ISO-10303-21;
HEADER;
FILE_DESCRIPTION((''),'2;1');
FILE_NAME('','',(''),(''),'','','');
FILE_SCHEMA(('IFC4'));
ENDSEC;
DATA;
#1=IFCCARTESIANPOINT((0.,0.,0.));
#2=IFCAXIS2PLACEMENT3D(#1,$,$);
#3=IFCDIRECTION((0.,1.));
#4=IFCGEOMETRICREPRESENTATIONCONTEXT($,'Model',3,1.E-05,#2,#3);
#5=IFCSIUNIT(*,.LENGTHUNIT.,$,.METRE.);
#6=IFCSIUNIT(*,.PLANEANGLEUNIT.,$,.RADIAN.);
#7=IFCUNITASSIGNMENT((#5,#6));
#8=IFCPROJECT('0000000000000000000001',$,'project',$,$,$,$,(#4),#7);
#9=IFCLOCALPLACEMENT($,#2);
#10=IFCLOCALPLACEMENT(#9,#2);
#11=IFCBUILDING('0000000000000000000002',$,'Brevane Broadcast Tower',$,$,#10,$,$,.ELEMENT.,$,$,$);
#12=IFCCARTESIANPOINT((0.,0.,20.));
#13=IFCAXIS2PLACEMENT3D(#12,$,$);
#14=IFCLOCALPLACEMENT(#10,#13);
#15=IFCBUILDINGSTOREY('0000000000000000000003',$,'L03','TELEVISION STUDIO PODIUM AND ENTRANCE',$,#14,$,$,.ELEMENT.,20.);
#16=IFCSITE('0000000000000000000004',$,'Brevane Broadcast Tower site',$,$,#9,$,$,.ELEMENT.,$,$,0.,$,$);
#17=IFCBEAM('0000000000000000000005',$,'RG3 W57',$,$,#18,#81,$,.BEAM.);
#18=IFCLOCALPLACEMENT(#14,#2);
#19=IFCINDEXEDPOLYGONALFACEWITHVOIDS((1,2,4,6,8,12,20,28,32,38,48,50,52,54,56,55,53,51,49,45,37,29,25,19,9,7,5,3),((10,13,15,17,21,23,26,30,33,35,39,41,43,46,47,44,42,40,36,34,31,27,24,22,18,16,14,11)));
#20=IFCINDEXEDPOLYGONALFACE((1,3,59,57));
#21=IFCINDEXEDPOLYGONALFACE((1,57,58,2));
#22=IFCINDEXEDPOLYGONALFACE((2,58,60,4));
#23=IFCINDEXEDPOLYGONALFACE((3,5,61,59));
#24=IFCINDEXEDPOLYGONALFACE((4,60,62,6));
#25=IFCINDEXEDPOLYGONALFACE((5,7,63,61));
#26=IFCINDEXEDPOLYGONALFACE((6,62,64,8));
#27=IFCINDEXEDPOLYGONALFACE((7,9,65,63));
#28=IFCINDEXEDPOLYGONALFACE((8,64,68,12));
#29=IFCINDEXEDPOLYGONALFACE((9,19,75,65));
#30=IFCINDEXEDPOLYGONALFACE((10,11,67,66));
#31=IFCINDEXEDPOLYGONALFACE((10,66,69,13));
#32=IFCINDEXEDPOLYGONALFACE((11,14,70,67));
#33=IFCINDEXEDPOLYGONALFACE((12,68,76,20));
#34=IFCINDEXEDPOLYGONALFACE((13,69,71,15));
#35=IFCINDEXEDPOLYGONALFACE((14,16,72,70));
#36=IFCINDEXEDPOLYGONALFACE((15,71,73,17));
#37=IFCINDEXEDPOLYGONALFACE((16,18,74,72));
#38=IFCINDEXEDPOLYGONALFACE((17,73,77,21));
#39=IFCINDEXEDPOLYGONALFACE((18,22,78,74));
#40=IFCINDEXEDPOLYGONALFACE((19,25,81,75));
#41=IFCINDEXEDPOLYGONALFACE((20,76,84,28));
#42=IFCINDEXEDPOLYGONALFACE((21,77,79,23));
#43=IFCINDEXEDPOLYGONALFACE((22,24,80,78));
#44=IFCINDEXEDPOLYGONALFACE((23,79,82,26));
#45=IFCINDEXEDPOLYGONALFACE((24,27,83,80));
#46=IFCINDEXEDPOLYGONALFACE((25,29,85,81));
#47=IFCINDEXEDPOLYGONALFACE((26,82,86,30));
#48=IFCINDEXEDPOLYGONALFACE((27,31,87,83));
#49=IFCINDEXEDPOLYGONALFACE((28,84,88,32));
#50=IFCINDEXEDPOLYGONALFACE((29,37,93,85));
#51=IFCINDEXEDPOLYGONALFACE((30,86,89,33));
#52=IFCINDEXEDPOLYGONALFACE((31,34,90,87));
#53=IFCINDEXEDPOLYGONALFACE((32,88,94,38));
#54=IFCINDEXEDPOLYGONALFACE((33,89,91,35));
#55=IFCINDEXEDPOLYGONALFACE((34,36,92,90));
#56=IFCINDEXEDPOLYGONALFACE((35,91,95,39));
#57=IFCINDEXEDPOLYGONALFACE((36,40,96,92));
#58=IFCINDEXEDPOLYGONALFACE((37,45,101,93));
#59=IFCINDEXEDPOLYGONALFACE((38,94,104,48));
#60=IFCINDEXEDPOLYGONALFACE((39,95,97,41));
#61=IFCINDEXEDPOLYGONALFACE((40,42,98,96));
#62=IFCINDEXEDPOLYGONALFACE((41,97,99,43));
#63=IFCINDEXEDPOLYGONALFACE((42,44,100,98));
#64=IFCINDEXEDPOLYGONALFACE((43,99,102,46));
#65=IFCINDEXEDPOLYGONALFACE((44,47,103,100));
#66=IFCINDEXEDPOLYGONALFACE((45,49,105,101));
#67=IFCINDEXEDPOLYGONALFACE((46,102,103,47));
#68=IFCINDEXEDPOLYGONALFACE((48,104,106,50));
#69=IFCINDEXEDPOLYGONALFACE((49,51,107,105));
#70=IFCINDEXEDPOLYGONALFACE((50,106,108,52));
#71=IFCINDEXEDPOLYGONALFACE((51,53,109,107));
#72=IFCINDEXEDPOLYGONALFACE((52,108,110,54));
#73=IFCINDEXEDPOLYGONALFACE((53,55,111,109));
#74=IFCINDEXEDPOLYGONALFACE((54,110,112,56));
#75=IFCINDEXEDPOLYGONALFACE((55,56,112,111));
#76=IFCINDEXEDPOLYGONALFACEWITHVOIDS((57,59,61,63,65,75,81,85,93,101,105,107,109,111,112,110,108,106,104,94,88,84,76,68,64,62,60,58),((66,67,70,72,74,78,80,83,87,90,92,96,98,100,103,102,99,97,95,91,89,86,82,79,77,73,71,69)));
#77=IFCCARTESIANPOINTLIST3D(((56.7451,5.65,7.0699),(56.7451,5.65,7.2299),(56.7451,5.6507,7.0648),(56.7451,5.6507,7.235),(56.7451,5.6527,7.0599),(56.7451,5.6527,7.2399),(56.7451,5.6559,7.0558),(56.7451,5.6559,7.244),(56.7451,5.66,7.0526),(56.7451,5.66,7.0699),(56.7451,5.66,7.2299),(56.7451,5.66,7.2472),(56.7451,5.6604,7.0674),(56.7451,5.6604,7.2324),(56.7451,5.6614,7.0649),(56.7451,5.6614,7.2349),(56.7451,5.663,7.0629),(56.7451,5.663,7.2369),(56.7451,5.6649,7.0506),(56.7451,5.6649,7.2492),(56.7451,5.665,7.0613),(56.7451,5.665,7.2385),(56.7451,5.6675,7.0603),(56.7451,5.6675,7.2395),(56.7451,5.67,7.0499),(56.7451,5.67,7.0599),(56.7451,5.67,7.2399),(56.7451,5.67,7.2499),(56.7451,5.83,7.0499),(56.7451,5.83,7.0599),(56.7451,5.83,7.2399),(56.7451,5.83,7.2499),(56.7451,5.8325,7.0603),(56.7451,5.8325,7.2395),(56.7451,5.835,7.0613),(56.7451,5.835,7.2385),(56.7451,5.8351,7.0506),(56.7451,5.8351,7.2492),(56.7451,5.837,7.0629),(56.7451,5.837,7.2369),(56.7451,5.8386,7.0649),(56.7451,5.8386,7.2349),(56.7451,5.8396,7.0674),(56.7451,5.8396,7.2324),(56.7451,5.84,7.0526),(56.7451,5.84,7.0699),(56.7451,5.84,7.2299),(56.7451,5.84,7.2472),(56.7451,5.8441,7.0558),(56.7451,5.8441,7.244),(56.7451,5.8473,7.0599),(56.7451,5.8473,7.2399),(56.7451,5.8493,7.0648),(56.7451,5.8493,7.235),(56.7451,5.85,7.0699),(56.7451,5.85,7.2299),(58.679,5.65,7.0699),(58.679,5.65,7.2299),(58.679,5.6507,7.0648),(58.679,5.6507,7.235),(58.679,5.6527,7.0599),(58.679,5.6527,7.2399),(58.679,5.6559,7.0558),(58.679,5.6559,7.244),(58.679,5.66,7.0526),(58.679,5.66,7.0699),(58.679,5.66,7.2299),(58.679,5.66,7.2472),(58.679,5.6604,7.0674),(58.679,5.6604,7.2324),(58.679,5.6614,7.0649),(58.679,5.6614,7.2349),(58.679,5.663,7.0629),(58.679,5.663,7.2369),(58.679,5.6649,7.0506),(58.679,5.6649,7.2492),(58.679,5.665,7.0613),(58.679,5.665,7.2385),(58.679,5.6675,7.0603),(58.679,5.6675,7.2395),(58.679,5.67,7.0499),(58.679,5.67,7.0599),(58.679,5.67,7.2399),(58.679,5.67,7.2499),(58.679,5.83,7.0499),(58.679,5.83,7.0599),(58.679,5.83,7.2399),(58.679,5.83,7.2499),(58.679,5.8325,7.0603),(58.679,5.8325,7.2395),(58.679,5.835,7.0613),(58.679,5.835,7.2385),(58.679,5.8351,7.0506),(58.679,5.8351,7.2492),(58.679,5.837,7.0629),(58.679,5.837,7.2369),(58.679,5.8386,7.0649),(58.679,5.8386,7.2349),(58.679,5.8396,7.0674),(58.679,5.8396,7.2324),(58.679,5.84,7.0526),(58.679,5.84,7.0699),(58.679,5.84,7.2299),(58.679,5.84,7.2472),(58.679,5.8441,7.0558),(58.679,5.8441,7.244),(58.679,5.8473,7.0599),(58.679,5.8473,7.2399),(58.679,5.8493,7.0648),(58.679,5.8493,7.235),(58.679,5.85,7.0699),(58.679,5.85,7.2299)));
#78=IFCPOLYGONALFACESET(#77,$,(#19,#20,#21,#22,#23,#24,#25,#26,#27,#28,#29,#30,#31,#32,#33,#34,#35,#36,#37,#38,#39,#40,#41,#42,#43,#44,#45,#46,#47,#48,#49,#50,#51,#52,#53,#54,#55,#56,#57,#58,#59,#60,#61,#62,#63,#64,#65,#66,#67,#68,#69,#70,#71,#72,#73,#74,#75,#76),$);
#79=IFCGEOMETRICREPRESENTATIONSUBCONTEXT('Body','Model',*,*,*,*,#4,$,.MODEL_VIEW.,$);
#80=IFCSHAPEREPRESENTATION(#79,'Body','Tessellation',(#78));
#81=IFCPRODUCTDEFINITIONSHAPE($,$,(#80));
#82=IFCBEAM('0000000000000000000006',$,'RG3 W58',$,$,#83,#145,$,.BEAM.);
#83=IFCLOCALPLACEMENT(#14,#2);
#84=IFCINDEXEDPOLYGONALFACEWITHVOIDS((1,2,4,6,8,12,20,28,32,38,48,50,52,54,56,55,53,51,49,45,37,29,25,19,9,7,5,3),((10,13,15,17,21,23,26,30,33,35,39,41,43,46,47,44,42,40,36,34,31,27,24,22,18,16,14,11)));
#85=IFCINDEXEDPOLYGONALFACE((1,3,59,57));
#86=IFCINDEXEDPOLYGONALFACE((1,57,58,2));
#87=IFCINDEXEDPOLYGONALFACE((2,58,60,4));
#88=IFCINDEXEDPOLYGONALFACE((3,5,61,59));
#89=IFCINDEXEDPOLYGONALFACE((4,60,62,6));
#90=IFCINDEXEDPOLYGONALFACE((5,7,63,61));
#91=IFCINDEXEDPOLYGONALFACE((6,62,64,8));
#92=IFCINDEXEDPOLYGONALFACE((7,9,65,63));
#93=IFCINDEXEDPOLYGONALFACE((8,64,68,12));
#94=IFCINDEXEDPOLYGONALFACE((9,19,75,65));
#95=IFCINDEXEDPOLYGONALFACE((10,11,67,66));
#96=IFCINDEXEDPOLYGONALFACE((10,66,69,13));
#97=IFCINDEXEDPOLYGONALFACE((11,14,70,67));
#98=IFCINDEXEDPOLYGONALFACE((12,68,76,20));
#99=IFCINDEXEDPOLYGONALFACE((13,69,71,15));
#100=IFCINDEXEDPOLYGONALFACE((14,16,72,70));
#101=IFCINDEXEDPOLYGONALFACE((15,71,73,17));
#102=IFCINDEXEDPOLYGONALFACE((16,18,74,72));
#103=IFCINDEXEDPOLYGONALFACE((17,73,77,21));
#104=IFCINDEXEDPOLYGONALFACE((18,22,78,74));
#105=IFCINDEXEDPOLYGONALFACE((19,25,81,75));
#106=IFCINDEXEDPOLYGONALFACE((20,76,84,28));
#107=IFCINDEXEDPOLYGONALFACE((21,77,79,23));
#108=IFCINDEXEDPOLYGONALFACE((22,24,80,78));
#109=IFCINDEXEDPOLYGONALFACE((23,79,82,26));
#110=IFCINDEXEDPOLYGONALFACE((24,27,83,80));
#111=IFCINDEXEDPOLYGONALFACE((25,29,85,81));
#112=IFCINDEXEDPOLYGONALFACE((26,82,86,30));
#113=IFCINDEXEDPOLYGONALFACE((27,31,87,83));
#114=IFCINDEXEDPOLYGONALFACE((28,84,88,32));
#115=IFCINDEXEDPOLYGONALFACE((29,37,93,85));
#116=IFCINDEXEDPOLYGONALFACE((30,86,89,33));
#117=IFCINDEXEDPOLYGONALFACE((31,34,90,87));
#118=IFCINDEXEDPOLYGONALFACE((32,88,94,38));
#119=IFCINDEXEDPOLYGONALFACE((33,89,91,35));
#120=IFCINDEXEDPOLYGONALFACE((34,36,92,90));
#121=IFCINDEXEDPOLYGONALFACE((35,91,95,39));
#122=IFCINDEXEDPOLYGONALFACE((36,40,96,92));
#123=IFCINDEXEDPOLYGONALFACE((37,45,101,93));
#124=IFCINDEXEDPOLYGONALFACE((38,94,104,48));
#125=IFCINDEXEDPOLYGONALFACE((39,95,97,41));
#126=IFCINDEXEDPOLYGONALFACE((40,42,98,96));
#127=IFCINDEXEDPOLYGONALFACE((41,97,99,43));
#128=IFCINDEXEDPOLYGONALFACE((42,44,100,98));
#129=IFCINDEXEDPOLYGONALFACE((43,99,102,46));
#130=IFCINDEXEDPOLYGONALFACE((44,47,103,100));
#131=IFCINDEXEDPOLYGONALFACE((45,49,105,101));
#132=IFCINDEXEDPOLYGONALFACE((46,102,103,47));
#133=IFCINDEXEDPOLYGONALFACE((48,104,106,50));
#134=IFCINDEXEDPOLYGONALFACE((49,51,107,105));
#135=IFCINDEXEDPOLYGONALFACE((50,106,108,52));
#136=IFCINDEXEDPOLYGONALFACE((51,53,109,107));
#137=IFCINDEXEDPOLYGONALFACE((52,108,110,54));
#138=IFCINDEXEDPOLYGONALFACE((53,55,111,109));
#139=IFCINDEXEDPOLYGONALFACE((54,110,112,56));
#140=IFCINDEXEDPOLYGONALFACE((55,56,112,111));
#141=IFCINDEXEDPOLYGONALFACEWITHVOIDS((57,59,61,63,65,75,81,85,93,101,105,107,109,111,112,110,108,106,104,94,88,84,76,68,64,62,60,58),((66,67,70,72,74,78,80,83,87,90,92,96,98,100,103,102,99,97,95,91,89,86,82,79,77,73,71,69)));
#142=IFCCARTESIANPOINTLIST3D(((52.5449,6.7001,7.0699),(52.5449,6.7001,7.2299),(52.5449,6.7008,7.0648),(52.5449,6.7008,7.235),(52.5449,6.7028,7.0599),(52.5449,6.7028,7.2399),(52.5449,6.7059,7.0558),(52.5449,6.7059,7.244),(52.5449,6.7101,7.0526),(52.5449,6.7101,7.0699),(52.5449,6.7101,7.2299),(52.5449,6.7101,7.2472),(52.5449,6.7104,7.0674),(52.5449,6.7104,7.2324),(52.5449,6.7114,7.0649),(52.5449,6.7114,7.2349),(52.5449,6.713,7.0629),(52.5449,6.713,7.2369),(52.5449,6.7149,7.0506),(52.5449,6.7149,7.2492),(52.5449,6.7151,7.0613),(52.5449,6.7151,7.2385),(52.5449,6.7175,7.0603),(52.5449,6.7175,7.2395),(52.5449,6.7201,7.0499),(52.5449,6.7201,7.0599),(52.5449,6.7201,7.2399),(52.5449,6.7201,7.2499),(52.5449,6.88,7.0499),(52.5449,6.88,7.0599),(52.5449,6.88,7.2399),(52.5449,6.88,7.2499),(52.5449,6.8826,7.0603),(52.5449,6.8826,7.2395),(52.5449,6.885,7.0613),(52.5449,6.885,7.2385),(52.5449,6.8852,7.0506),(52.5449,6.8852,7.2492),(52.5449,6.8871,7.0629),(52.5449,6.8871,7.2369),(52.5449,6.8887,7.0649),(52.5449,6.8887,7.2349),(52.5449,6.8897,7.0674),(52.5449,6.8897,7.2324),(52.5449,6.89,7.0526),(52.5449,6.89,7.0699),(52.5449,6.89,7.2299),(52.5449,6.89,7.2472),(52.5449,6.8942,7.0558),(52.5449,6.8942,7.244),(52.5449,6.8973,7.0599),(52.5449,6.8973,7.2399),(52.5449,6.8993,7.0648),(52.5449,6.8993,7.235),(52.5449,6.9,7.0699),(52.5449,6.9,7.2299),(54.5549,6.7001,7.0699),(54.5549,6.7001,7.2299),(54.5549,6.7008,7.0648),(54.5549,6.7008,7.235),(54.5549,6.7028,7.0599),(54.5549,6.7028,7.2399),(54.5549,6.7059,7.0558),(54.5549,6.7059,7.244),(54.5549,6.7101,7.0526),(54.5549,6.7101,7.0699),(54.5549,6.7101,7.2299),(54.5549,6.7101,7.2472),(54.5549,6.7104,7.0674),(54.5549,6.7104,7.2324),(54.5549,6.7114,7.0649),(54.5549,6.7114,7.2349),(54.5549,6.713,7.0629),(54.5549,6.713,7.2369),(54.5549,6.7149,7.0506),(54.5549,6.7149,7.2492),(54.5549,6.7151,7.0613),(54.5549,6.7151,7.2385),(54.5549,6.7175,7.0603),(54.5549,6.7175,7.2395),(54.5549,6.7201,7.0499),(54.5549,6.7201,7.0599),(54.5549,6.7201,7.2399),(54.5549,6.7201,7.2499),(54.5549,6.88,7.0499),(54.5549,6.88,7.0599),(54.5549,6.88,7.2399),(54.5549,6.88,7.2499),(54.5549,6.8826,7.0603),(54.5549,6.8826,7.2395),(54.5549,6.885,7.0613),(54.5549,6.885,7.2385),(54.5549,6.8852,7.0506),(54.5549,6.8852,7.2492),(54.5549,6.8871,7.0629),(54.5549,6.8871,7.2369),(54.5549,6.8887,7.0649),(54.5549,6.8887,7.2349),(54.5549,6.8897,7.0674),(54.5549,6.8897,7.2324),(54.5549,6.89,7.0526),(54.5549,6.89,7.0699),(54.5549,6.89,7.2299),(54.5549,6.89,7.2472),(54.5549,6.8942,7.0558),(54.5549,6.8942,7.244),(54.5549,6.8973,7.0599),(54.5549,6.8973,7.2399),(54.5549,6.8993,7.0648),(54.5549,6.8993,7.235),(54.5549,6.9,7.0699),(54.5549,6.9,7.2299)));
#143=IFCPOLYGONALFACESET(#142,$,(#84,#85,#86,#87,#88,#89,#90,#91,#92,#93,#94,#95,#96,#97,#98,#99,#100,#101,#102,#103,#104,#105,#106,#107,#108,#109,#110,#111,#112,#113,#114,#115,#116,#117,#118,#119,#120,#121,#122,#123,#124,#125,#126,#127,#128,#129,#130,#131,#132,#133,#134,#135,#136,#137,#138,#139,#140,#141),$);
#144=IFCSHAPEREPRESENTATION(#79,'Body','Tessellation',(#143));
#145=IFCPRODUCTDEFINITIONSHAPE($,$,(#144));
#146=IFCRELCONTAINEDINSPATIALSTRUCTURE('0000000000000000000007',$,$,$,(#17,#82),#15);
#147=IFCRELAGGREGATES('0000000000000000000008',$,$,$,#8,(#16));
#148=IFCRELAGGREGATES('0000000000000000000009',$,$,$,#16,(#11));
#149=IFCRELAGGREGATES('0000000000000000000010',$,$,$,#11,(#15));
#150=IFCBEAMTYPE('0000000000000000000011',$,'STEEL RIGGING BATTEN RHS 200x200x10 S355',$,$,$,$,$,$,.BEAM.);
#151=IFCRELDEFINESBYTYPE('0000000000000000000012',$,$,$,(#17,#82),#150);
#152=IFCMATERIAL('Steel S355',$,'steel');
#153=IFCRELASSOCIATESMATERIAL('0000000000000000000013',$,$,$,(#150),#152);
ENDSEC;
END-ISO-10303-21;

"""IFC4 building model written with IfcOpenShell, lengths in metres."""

from ifc_helpers import new_model, si_unit, direction, frame, origin, origin_2d, place, context, subcontext, project, spatial, hollow_rectangle, extrude, material, material_profile, profile_set, type_object, element, save


model = new_model("IFC4")

# Units and contexts
model_context = context("Model", 3, precision=1e-05, world=origin(), true_north=direction((0.0, 1.0)))
body_context = subcontext(model_context, "Body", "Model", "MODEL_VIEW")
ifc_project = project(units=[si_unit("LENGTHUNIT", "METRE"), si_unit("PLANEANGLEUNIT", "RADIAN")], contexts=[model_context])

# Site, building, storey
site_placement = place(None, origin())
site = spatial("IfcSite", under=ifc_project, at=site_placement, Name="Brevane Broadcast Tower site", CompositionType="ELEMENT", RefElevation=0.0)
building_placement = place(site_placement, origin())
building = spatial("IfcBuilding", under=site, at=building_placement, Name="Brevane Broadcast Tower", CompositionType="ELEMENT")
storey_placement = place(building_placement, frame((0.0, 0.0, 20.0)))
storey = spatial("IfcBuildingStorey", under=building, at=storey_placement, Name="L03", Description="TELEVISION STUDIO PODIUM AND ENTRANCE", CompositionType="ELEMENT", Elevation=20.0)

# Beams
ifc_material_1 = material(Name="Steel S355", Category="steel")
ifc_material_profile_1 = material_profile(ifc_material_1, hollow_rectangle(XDim=0.2, YDim=0.2, WallThickness=0.01, InnerFilletRadius=0.01, OuterFilletRadius=0.02, at=origin_2d()), Name="RHS 200x200x10")
ifc_profile_set_1 = profile_set([ifc_material_profile_1], Name="Steel S355")
beam_type_1 = type_object("IfcBeamType", Name="STEEL RIGGING BATTEN RHS 200x200x10 S355", PredefinedType="BEAM", material=ifc_profile_set_1)
beam_1_placement = place(storey_placement, frame((56.7451, 5.75, 7.1499), z_axis=(1.0, 0.0, 0.0), x_axis=(0.0, 1.0, 0.0)))
element("IfcBeam", 1, at=beam_1_placement, inside=storey, type_object=beam_type_1, Name="RG3 W57", PredefinedType="BEAM", context=body_context, shape_type="SweptSolid", body=[
    extrude(hollow_rectangle(XDim=0.2, YDim=0.2, WallThickness=0.01, InnerFilletRadius=0.01, OuterFilletRadius=0.02, at=origin_2d()), origin(), (0.0, 0.0, 1.0), 1.9338),
])
for number, where, z_axis, x_axis, name in (
    (2, (52.5449, 6.8, 7.1499), (1.0, 0.0, 0.0), (0.0, 1.0, 0.0), "RG3 W58"),
):
    element("IfcBeam", number, at=place(storey_placement, frame(where, z_axis=z_axis, x_axis=x_axis)), inside=storey, type_object=beam_type_1, Name=name, PredefinedType="BEAM", context=body_context, shape_type="SweptSolid", body=[
        extrude(hollow_rectangle(XDim=0.2, YDim=0.2, WallThickness=0.01, InnerFilletRadius=0.01, OuterFilletRadius=0.02, at=origin_2d()), origin(), (0.0, 0.0, 1.0), 2.01),
    ])

save(model, "model.ifc")
